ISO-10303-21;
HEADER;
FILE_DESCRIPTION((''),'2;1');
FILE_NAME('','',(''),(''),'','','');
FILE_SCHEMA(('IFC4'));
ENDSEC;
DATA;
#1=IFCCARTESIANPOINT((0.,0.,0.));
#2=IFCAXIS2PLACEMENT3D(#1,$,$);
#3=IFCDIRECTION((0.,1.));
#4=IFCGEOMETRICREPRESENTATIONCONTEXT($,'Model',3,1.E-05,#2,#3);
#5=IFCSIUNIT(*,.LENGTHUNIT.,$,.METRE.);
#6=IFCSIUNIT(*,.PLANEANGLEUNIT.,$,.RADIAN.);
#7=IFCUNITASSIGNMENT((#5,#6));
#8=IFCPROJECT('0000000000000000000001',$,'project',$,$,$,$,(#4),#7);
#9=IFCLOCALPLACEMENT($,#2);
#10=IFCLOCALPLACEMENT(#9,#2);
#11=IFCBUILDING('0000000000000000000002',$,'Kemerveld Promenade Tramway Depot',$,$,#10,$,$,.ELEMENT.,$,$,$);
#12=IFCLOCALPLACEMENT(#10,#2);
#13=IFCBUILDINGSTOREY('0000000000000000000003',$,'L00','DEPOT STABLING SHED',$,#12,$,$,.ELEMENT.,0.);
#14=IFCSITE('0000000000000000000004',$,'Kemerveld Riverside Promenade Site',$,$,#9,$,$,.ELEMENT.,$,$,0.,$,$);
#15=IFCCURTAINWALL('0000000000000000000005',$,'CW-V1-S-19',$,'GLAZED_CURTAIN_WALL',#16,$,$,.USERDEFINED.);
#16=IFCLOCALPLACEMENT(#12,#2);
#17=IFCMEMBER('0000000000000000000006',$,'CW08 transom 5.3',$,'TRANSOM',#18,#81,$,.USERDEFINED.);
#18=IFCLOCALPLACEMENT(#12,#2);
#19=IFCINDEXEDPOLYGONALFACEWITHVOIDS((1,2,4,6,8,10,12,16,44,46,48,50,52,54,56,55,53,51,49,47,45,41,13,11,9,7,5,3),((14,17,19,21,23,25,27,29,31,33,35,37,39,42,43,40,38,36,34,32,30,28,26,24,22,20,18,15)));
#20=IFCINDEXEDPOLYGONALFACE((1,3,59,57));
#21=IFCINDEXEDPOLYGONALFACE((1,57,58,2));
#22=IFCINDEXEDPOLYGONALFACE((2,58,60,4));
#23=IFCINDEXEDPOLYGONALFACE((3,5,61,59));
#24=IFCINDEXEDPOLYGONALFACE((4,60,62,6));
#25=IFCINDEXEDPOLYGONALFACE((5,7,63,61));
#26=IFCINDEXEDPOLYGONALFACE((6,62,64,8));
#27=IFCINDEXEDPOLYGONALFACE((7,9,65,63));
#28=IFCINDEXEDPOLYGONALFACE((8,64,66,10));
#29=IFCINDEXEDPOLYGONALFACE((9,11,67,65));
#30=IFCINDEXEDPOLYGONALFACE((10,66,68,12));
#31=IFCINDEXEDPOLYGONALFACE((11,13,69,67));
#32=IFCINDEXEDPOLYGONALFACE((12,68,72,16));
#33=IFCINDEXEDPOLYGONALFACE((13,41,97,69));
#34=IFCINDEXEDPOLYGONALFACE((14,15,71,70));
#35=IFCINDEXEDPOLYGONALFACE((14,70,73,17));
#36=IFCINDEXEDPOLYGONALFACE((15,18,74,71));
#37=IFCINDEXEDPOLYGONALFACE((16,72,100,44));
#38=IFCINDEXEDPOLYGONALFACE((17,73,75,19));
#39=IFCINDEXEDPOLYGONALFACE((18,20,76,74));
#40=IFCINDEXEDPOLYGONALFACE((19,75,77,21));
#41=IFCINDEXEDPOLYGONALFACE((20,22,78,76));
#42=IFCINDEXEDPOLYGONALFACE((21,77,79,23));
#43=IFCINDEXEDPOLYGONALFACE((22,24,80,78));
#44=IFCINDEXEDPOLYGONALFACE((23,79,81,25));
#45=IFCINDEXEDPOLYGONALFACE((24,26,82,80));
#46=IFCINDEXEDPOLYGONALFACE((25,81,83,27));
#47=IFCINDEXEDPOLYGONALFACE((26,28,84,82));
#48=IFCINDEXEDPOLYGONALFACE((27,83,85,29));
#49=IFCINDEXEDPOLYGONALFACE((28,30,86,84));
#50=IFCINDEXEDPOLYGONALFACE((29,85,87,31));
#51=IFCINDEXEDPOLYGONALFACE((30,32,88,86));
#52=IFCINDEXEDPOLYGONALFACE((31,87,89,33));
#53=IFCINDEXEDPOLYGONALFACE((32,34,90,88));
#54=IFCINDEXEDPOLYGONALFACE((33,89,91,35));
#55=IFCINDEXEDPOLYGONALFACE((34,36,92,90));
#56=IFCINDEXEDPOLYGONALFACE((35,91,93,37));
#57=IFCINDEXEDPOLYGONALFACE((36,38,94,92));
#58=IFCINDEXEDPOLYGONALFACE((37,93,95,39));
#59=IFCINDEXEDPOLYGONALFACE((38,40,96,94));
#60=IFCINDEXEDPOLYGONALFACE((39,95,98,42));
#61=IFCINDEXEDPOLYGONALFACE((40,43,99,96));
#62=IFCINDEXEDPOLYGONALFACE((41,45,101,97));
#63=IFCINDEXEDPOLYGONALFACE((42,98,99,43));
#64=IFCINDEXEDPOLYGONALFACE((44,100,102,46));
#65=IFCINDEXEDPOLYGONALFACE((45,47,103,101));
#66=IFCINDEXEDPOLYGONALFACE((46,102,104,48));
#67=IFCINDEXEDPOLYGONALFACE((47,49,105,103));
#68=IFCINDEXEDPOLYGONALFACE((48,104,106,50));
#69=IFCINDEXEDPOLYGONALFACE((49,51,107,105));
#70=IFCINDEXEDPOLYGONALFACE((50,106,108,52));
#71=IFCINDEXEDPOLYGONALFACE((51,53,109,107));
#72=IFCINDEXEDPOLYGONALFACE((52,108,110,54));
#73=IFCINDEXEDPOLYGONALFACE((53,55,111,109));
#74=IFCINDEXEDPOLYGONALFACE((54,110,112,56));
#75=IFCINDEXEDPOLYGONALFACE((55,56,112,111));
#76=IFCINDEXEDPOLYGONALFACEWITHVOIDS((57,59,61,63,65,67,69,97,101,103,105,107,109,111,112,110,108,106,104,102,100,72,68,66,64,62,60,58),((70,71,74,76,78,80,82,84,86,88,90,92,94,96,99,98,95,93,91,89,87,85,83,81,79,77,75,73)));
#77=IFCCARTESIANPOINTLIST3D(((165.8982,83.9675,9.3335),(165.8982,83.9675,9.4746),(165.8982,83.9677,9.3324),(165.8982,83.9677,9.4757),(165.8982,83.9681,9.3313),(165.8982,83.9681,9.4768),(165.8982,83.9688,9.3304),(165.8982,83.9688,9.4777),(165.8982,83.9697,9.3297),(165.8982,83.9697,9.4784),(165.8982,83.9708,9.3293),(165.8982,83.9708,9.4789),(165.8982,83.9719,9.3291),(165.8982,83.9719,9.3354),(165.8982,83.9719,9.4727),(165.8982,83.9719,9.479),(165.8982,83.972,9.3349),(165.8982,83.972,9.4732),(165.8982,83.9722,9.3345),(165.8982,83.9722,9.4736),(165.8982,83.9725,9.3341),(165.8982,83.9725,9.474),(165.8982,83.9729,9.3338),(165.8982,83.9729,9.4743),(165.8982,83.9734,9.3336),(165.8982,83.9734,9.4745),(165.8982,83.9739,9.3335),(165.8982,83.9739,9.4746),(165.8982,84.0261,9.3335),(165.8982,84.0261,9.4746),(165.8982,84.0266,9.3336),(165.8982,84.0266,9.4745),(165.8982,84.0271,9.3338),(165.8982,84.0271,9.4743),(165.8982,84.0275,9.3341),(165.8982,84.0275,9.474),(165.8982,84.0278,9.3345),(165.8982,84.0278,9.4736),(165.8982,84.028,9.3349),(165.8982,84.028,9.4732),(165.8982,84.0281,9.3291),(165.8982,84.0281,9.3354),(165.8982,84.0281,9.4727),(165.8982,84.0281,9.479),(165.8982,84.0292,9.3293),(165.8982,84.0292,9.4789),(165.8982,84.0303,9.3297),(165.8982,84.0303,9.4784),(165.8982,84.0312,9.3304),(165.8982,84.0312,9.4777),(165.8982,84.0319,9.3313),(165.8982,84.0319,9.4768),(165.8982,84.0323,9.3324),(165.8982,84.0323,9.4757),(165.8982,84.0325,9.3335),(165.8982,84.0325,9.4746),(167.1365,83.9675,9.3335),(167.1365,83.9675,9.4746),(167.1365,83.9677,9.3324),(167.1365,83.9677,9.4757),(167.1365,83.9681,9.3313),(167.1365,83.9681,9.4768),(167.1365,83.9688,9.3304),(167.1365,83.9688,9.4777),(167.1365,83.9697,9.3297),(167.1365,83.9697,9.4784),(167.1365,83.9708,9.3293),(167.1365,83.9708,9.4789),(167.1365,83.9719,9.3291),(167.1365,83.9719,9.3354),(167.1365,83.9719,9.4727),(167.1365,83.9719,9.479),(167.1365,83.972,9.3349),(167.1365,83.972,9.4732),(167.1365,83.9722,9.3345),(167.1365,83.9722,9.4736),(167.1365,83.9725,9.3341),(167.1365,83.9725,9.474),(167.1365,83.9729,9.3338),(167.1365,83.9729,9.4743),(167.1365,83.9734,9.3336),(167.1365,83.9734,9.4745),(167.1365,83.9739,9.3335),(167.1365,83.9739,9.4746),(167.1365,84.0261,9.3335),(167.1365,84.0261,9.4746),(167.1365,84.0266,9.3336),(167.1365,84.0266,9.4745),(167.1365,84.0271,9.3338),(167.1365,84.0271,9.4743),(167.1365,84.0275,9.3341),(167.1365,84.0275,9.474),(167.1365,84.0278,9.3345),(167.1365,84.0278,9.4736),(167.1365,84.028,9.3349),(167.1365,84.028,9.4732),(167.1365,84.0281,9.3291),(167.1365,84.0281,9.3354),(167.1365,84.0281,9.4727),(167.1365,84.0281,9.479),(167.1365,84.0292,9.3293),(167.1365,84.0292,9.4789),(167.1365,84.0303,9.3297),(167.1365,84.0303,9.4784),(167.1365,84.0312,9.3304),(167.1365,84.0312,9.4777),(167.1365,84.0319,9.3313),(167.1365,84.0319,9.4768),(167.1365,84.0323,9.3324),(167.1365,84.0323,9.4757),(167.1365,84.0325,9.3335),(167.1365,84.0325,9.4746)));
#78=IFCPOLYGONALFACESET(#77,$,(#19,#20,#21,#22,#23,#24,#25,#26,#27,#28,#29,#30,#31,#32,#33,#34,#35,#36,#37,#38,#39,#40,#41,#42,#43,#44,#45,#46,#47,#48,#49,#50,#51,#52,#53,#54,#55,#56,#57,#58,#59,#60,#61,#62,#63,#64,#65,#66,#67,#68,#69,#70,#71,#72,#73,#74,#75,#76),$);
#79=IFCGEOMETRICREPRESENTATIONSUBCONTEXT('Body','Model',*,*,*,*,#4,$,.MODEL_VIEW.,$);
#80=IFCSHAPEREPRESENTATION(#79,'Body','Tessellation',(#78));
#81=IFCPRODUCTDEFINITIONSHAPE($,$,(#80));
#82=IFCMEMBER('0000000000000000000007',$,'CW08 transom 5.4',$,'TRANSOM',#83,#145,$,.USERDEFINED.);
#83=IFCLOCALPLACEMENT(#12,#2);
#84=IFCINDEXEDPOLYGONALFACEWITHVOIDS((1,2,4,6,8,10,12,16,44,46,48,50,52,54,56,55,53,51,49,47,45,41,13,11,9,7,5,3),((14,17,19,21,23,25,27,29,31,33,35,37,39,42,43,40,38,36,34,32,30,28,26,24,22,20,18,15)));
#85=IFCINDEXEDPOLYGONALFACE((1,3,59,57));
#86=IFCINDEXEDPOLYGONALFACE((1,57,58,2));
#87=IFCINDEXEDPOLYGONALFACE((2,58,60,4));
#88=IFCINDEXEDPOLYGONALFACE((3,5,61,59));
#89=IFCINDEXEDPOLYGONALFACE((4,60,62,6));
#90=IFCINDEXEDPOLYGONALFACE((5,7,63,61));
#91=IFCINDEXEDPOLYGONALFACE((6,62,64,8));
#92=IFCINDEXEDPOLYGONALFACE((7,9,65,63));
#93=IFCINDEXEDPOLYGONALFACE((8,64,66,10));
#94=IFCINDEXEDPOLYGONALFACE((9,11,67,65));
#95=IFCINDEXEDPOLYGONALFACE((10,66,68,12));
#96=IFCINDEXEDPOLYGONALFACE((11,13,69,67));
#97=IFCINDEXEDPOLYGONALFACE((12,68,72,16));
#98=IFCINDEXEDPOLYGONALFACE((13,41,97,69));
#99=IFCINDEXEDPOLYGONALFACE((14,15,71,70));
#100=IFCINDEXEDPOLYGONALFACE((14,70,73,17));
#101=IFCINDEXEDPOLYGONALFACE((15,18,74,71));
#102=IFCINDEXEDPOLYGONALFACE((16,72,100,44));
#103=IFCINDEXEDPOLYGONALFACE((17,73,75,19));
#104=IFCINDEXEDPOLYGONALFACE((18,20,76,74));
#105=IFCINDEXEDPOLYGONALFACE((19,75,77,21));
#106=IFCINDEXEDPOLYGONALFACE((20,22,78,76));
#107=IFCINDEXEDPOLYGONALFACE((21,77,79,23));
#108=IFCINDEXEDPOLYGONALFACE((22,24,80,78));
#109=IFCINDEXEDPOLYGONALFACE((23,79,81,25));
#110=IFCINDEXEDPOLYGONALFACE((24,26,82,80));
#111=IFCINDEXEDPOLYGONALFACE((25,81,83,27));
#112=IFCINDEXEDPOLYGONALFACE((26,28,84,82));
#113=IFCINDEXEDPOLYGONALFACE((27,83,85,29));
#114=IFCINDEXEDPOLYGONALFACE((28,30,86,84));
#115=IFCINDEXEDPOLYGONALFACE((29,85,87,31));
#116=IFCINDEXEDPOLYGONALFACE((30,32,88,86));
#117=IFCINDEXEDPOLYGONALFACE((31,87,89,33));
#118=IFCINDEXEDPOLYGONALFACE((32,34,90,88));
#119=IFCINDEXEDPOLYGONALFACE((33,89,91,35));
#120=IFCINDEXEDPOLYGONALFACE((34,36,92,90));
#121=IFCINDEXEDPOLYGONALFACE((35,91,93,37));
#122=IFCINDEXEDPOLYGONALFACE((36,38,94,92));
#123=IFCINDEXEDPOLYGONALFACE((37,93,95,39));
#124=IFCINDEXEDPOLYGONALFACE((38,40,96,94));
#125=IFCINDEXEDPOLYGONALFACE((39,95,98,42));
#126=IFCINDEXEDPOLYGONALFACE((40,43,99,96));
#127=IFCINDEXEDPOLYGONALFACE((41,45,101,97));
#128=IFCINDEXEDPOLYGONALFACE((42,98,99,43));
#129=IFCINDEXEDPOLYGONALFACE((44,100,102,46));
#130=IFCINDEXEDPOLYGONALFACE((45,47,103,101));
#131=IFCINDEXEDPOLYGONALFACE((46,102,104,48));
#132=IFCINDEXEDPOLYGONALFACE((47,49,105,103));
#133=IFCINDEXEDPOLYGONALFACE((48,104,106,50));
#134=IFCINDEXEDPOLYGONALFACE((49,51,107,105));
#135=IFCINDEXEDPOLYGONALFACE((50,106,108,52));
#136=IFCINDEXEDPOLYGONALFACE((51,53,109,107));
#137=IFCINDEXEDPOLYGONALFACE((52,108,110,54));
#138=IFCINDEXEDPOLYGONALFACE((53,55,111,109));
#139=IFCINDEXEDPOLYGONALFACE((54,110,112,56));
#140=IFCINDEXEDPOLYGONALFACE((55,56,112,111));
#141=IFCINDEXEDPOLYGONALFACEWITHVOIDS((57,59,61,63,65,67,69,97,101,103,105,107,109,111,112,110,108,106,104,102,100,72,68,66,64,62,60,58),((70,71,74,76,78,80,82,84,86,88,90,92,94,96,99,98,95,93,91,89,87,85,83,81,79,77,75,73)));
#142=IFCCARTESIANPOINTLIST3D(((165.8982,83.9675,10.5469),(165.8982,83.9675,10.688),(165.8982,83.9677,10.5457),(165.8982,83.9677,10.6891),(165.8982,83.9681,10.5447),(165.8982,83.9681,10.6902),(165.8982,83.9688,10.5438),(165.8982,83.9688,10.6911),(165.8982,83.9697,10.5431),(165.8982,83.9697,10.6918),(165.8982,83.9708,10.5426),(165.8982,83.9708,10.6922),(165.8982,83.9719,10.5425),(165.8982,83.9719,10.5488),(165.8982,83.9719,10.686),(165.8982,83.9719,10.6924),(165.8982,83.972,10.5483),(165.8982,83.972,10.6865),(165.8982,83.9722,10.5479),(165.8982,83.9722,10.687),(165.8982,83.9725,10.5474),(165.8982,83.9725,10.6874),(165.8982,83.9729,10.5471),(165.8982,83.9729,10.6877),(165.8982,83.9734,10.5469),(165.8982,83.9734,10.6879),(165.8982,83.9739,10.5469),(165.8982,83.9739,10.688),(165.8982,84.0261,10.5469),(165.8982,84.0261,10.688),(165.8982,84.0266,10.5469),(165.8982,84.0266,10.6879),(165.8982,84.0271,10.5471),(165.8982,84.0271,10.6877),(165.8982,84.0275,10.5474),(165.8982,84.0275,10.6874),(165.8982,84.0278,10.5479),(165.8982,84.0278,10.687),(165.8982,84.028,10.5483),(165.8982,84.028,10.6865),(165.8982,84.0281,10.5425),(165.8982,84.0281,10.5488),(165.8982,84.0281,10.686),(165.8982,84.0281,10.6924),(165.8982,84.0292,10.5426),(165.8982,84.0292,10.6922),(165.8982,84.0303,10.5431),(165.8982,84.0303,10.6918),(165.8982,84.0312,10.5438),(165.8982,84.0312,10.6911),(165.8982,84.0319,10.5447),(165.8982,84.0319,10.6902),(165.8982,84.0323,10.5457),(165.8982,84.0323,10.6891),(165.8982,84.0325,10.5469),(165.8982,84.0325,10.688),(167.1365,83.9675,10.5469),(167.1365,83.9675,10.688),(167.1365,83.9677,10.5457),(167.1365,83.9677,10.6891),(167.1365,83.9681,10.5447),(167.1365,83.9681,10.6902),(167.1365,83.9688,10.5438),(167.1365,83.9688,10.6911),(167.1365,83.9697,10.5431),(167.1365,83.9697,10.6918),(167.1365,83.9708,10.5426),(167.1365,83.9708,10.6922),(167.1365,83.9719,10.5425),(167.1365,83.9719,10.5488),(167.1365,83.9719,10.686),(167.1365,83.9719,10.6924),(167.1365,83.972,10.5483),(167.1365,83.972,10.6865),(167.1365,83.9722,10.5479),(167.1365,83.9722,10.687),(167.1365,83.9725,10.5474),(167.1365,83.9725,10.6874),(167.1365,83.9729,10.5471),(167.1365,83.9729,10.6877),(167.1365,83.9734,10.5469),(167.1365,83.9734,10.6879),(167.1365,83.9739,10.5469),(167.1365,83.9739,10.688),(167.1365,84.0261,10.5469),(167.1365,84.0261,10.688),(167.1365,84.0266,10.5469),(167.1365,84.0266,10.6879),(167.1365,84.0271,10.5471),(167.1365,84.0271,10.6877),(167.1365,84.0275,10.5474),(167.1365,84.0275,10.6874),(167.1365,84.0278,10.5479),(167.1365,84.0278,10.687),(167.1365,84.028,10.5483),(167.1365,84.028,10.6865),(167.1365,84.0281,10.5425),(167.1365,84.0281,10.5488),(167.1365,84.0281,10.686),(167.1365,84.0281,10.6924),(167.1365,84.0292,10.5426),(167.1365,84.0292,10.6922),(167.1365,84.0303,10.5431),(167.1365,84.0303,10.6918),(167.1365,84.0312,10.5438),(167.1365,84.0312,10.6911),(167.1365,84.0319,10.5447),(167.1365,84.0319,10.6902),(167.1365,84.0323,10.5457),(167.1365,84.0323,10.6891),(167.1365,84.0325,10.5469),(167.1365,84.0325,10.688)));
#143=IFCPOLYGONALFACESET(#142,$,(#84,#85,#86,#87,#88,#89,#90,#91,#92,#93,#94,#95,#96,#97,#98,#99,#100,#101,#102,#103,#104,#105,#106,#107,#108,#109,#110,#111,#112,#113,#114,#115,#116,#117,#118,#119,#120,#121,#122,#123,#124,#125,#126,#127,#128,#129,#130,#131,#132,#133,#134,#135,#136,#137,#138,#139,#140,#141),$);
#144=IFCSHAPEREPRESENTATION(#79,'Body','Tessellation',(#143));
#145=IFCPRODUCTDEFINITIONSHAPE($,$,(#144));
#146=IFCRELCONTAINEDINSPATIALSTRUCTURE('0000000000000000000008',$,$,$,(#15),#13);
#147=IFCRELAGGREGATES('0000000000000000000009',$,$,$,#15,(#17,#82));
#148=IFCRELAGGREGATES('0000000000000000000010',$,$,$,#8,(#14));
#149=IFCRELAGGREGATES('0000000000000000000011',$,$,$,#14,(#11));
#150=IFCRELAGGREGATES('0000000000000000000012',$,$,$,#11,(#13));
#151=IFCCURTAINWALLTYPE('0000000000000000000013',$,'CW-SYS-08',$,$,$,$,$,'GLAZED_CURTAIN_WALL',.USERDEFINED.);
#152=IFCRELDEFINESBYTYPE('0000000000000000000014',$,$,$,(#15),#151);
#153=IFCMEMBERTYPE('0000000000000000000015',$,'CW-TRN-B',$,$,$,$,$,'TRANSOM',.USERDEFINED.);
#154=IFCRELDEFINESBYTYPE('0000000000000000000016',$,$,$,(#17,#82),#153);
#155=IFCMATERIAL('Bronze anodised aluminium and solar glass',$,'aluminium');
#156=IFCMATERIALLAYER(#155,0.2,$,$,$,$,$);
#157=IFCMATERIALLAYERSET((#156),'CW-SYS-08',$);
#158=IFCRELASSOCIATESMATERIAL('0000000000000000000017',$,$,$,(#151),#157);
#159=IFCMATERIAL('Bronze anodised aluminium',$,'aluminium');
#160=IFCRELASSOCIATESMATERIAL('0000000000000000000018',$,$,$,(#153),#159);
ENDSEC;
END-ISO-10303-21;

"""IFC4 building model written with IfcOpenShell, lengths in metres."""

from ifc_helpers import new_model, si_unit, direction, frame, origin, origin_2d, place, context, subcontext, project, spatial, hollow_rectangle, extrude, material, layer, layer_set, material_profile, profile_set, type_object, element, aggregate, save


model = new_model("IFC4")

# Units and contexts
model_context = context("Model", 3, precision=1e-05, world=origin(), true_north=direction((0.0, 1.0)))
body_context = subcontext(model_context, "Body", "Model", "MODEL_VIEW")
ifc_project = project(units=[si_unit("LENGTHUNIT", "METRE"), si_unit("PLANEANGLEUNIT", "RADIAN")], contexts=[model_context])

# Site, building, storey
site_placement = place(None, origin())
site = spatial("IfcSite", under=ifc_project, at=site_placement, Name="Kemerveld Riverside Promenade Site", CompositionType="ELEMENT", RefElevation=0.0)
building_placement = place(site_placement, origin())
building = spatial("IfcBuilding", under=site, at=building_placement, Name="Kemerveld Promenade Tramway Depot", CompositionType="ELEMENT")
storey_placement = place(building_placement, origin())
storey = spatial("IfcBuildingStorey", under=building, at=storey_placement, Name="L00", Description="DEPOT STABLING SHED", CompositionType="ELEMENT", Elevation=0.0)

# Curtain wall, members
ifc_material_1 = material(Name="Bronze anodised aluminium and solar glass", Category="aluminium")
ifc_material_2 = material(Name="Bronze anodised aluminium", Category="aluminium")
ifc_layer_1 = layer(ifc_material_1, 0.2)
ifc_layer_set_1 = layer_set([ifc_layer_1], Name="CW-SYS-08")
curtain_wall_type_1 = type_object("IfcCurtainWallType", Name="CW-SYS-08", ElementType="GLAZED_CURTAIN_WALL", PredefinedType="USERDEFINED", material=ifc_layer_set_1)
curtain_wall_1_placement = place(storey_placement, origin())
curtain_wall_1 = element("IfcCurtainWall", 1, at=curtain_wall_1_placement, inside=storey, type_object=curtain_wall_type_1, Name="CW-V1-S-19", ObjectType="GLAZED_CURTAIN_WALL", PredefinedType="USERDEFINED")
ifc_material_profile_1 = material_profile(ifc_material_2, hollow_rectangle(XDim=0.0649, YDim=0.1499, WallThickness=0.0044, InnerFilletRadius=0.002, OuterFilletRadius=0.0044, at=origin_2d()), Name="CW-TRN-150x65")
ifc_profile_set_1 = profile_set([ifc_material_profile_1], Name="Bronze anodised aluminium")
member_type_1 = type_object("IfcMemberType", Name="CW-TRN-B", ElementType="TRANSOM", PredefinedType="USERDEFINED", material=ifc_profile_set_1)
member_1_placement = place(storey_placement, frame((167.1365, 84.0, 9.4041), z_axis=(-1.0, 0.0, 0.0), x_axis=(0.0, -1.0, 0.0)))
member_1 = element("IfcMember", 2, at=member_1_placement, type_object=member_type_1, Name="CW08 transom 5.3", ObjectType="TRANSOM", PredefinedType="USERDEFINED", context=body_context, shape_type="SweptSolid", body=[
    extrude(hollow_rectangle(XDim=0.0649, YDim=0.1499, WallThickness=0.0044, InnerFilletRadius=0.002, OuterFilletRadius=0.0044, at=origin_2d()), origin(), (0.0, 0.0, 1.0), 1.2383),
])
member_2_placement = place(storey_placement, frame((167.1365, 84.0, 10.6174), z_axis=(-1.0, 0.0, 0.0), x_axis=(0.0, -1.0, 0.0)))
member_2 = element("IfcMember", 3, at=member_2_placement, type_object=member_type_1, Name="CW08 transom 5.4", ObjectType="TRANSOM", PredefinedType="USERDEFINED", context=body_context, shape_type="SweptSolid", body=[
    extrude(hollow_rectangle(XDim=0.0649, YDim=0.1499, WallThickness=0.0044, InnerFilletRadius=0.002, OuterFilletRadius=0.0044, at=origin_2d()), origin(), (0.0, 0.0, 1.0), 1.2383),
])

aggregate(curtain_wall_1, [member_1, member_2])

save(model, "model.ifc")
